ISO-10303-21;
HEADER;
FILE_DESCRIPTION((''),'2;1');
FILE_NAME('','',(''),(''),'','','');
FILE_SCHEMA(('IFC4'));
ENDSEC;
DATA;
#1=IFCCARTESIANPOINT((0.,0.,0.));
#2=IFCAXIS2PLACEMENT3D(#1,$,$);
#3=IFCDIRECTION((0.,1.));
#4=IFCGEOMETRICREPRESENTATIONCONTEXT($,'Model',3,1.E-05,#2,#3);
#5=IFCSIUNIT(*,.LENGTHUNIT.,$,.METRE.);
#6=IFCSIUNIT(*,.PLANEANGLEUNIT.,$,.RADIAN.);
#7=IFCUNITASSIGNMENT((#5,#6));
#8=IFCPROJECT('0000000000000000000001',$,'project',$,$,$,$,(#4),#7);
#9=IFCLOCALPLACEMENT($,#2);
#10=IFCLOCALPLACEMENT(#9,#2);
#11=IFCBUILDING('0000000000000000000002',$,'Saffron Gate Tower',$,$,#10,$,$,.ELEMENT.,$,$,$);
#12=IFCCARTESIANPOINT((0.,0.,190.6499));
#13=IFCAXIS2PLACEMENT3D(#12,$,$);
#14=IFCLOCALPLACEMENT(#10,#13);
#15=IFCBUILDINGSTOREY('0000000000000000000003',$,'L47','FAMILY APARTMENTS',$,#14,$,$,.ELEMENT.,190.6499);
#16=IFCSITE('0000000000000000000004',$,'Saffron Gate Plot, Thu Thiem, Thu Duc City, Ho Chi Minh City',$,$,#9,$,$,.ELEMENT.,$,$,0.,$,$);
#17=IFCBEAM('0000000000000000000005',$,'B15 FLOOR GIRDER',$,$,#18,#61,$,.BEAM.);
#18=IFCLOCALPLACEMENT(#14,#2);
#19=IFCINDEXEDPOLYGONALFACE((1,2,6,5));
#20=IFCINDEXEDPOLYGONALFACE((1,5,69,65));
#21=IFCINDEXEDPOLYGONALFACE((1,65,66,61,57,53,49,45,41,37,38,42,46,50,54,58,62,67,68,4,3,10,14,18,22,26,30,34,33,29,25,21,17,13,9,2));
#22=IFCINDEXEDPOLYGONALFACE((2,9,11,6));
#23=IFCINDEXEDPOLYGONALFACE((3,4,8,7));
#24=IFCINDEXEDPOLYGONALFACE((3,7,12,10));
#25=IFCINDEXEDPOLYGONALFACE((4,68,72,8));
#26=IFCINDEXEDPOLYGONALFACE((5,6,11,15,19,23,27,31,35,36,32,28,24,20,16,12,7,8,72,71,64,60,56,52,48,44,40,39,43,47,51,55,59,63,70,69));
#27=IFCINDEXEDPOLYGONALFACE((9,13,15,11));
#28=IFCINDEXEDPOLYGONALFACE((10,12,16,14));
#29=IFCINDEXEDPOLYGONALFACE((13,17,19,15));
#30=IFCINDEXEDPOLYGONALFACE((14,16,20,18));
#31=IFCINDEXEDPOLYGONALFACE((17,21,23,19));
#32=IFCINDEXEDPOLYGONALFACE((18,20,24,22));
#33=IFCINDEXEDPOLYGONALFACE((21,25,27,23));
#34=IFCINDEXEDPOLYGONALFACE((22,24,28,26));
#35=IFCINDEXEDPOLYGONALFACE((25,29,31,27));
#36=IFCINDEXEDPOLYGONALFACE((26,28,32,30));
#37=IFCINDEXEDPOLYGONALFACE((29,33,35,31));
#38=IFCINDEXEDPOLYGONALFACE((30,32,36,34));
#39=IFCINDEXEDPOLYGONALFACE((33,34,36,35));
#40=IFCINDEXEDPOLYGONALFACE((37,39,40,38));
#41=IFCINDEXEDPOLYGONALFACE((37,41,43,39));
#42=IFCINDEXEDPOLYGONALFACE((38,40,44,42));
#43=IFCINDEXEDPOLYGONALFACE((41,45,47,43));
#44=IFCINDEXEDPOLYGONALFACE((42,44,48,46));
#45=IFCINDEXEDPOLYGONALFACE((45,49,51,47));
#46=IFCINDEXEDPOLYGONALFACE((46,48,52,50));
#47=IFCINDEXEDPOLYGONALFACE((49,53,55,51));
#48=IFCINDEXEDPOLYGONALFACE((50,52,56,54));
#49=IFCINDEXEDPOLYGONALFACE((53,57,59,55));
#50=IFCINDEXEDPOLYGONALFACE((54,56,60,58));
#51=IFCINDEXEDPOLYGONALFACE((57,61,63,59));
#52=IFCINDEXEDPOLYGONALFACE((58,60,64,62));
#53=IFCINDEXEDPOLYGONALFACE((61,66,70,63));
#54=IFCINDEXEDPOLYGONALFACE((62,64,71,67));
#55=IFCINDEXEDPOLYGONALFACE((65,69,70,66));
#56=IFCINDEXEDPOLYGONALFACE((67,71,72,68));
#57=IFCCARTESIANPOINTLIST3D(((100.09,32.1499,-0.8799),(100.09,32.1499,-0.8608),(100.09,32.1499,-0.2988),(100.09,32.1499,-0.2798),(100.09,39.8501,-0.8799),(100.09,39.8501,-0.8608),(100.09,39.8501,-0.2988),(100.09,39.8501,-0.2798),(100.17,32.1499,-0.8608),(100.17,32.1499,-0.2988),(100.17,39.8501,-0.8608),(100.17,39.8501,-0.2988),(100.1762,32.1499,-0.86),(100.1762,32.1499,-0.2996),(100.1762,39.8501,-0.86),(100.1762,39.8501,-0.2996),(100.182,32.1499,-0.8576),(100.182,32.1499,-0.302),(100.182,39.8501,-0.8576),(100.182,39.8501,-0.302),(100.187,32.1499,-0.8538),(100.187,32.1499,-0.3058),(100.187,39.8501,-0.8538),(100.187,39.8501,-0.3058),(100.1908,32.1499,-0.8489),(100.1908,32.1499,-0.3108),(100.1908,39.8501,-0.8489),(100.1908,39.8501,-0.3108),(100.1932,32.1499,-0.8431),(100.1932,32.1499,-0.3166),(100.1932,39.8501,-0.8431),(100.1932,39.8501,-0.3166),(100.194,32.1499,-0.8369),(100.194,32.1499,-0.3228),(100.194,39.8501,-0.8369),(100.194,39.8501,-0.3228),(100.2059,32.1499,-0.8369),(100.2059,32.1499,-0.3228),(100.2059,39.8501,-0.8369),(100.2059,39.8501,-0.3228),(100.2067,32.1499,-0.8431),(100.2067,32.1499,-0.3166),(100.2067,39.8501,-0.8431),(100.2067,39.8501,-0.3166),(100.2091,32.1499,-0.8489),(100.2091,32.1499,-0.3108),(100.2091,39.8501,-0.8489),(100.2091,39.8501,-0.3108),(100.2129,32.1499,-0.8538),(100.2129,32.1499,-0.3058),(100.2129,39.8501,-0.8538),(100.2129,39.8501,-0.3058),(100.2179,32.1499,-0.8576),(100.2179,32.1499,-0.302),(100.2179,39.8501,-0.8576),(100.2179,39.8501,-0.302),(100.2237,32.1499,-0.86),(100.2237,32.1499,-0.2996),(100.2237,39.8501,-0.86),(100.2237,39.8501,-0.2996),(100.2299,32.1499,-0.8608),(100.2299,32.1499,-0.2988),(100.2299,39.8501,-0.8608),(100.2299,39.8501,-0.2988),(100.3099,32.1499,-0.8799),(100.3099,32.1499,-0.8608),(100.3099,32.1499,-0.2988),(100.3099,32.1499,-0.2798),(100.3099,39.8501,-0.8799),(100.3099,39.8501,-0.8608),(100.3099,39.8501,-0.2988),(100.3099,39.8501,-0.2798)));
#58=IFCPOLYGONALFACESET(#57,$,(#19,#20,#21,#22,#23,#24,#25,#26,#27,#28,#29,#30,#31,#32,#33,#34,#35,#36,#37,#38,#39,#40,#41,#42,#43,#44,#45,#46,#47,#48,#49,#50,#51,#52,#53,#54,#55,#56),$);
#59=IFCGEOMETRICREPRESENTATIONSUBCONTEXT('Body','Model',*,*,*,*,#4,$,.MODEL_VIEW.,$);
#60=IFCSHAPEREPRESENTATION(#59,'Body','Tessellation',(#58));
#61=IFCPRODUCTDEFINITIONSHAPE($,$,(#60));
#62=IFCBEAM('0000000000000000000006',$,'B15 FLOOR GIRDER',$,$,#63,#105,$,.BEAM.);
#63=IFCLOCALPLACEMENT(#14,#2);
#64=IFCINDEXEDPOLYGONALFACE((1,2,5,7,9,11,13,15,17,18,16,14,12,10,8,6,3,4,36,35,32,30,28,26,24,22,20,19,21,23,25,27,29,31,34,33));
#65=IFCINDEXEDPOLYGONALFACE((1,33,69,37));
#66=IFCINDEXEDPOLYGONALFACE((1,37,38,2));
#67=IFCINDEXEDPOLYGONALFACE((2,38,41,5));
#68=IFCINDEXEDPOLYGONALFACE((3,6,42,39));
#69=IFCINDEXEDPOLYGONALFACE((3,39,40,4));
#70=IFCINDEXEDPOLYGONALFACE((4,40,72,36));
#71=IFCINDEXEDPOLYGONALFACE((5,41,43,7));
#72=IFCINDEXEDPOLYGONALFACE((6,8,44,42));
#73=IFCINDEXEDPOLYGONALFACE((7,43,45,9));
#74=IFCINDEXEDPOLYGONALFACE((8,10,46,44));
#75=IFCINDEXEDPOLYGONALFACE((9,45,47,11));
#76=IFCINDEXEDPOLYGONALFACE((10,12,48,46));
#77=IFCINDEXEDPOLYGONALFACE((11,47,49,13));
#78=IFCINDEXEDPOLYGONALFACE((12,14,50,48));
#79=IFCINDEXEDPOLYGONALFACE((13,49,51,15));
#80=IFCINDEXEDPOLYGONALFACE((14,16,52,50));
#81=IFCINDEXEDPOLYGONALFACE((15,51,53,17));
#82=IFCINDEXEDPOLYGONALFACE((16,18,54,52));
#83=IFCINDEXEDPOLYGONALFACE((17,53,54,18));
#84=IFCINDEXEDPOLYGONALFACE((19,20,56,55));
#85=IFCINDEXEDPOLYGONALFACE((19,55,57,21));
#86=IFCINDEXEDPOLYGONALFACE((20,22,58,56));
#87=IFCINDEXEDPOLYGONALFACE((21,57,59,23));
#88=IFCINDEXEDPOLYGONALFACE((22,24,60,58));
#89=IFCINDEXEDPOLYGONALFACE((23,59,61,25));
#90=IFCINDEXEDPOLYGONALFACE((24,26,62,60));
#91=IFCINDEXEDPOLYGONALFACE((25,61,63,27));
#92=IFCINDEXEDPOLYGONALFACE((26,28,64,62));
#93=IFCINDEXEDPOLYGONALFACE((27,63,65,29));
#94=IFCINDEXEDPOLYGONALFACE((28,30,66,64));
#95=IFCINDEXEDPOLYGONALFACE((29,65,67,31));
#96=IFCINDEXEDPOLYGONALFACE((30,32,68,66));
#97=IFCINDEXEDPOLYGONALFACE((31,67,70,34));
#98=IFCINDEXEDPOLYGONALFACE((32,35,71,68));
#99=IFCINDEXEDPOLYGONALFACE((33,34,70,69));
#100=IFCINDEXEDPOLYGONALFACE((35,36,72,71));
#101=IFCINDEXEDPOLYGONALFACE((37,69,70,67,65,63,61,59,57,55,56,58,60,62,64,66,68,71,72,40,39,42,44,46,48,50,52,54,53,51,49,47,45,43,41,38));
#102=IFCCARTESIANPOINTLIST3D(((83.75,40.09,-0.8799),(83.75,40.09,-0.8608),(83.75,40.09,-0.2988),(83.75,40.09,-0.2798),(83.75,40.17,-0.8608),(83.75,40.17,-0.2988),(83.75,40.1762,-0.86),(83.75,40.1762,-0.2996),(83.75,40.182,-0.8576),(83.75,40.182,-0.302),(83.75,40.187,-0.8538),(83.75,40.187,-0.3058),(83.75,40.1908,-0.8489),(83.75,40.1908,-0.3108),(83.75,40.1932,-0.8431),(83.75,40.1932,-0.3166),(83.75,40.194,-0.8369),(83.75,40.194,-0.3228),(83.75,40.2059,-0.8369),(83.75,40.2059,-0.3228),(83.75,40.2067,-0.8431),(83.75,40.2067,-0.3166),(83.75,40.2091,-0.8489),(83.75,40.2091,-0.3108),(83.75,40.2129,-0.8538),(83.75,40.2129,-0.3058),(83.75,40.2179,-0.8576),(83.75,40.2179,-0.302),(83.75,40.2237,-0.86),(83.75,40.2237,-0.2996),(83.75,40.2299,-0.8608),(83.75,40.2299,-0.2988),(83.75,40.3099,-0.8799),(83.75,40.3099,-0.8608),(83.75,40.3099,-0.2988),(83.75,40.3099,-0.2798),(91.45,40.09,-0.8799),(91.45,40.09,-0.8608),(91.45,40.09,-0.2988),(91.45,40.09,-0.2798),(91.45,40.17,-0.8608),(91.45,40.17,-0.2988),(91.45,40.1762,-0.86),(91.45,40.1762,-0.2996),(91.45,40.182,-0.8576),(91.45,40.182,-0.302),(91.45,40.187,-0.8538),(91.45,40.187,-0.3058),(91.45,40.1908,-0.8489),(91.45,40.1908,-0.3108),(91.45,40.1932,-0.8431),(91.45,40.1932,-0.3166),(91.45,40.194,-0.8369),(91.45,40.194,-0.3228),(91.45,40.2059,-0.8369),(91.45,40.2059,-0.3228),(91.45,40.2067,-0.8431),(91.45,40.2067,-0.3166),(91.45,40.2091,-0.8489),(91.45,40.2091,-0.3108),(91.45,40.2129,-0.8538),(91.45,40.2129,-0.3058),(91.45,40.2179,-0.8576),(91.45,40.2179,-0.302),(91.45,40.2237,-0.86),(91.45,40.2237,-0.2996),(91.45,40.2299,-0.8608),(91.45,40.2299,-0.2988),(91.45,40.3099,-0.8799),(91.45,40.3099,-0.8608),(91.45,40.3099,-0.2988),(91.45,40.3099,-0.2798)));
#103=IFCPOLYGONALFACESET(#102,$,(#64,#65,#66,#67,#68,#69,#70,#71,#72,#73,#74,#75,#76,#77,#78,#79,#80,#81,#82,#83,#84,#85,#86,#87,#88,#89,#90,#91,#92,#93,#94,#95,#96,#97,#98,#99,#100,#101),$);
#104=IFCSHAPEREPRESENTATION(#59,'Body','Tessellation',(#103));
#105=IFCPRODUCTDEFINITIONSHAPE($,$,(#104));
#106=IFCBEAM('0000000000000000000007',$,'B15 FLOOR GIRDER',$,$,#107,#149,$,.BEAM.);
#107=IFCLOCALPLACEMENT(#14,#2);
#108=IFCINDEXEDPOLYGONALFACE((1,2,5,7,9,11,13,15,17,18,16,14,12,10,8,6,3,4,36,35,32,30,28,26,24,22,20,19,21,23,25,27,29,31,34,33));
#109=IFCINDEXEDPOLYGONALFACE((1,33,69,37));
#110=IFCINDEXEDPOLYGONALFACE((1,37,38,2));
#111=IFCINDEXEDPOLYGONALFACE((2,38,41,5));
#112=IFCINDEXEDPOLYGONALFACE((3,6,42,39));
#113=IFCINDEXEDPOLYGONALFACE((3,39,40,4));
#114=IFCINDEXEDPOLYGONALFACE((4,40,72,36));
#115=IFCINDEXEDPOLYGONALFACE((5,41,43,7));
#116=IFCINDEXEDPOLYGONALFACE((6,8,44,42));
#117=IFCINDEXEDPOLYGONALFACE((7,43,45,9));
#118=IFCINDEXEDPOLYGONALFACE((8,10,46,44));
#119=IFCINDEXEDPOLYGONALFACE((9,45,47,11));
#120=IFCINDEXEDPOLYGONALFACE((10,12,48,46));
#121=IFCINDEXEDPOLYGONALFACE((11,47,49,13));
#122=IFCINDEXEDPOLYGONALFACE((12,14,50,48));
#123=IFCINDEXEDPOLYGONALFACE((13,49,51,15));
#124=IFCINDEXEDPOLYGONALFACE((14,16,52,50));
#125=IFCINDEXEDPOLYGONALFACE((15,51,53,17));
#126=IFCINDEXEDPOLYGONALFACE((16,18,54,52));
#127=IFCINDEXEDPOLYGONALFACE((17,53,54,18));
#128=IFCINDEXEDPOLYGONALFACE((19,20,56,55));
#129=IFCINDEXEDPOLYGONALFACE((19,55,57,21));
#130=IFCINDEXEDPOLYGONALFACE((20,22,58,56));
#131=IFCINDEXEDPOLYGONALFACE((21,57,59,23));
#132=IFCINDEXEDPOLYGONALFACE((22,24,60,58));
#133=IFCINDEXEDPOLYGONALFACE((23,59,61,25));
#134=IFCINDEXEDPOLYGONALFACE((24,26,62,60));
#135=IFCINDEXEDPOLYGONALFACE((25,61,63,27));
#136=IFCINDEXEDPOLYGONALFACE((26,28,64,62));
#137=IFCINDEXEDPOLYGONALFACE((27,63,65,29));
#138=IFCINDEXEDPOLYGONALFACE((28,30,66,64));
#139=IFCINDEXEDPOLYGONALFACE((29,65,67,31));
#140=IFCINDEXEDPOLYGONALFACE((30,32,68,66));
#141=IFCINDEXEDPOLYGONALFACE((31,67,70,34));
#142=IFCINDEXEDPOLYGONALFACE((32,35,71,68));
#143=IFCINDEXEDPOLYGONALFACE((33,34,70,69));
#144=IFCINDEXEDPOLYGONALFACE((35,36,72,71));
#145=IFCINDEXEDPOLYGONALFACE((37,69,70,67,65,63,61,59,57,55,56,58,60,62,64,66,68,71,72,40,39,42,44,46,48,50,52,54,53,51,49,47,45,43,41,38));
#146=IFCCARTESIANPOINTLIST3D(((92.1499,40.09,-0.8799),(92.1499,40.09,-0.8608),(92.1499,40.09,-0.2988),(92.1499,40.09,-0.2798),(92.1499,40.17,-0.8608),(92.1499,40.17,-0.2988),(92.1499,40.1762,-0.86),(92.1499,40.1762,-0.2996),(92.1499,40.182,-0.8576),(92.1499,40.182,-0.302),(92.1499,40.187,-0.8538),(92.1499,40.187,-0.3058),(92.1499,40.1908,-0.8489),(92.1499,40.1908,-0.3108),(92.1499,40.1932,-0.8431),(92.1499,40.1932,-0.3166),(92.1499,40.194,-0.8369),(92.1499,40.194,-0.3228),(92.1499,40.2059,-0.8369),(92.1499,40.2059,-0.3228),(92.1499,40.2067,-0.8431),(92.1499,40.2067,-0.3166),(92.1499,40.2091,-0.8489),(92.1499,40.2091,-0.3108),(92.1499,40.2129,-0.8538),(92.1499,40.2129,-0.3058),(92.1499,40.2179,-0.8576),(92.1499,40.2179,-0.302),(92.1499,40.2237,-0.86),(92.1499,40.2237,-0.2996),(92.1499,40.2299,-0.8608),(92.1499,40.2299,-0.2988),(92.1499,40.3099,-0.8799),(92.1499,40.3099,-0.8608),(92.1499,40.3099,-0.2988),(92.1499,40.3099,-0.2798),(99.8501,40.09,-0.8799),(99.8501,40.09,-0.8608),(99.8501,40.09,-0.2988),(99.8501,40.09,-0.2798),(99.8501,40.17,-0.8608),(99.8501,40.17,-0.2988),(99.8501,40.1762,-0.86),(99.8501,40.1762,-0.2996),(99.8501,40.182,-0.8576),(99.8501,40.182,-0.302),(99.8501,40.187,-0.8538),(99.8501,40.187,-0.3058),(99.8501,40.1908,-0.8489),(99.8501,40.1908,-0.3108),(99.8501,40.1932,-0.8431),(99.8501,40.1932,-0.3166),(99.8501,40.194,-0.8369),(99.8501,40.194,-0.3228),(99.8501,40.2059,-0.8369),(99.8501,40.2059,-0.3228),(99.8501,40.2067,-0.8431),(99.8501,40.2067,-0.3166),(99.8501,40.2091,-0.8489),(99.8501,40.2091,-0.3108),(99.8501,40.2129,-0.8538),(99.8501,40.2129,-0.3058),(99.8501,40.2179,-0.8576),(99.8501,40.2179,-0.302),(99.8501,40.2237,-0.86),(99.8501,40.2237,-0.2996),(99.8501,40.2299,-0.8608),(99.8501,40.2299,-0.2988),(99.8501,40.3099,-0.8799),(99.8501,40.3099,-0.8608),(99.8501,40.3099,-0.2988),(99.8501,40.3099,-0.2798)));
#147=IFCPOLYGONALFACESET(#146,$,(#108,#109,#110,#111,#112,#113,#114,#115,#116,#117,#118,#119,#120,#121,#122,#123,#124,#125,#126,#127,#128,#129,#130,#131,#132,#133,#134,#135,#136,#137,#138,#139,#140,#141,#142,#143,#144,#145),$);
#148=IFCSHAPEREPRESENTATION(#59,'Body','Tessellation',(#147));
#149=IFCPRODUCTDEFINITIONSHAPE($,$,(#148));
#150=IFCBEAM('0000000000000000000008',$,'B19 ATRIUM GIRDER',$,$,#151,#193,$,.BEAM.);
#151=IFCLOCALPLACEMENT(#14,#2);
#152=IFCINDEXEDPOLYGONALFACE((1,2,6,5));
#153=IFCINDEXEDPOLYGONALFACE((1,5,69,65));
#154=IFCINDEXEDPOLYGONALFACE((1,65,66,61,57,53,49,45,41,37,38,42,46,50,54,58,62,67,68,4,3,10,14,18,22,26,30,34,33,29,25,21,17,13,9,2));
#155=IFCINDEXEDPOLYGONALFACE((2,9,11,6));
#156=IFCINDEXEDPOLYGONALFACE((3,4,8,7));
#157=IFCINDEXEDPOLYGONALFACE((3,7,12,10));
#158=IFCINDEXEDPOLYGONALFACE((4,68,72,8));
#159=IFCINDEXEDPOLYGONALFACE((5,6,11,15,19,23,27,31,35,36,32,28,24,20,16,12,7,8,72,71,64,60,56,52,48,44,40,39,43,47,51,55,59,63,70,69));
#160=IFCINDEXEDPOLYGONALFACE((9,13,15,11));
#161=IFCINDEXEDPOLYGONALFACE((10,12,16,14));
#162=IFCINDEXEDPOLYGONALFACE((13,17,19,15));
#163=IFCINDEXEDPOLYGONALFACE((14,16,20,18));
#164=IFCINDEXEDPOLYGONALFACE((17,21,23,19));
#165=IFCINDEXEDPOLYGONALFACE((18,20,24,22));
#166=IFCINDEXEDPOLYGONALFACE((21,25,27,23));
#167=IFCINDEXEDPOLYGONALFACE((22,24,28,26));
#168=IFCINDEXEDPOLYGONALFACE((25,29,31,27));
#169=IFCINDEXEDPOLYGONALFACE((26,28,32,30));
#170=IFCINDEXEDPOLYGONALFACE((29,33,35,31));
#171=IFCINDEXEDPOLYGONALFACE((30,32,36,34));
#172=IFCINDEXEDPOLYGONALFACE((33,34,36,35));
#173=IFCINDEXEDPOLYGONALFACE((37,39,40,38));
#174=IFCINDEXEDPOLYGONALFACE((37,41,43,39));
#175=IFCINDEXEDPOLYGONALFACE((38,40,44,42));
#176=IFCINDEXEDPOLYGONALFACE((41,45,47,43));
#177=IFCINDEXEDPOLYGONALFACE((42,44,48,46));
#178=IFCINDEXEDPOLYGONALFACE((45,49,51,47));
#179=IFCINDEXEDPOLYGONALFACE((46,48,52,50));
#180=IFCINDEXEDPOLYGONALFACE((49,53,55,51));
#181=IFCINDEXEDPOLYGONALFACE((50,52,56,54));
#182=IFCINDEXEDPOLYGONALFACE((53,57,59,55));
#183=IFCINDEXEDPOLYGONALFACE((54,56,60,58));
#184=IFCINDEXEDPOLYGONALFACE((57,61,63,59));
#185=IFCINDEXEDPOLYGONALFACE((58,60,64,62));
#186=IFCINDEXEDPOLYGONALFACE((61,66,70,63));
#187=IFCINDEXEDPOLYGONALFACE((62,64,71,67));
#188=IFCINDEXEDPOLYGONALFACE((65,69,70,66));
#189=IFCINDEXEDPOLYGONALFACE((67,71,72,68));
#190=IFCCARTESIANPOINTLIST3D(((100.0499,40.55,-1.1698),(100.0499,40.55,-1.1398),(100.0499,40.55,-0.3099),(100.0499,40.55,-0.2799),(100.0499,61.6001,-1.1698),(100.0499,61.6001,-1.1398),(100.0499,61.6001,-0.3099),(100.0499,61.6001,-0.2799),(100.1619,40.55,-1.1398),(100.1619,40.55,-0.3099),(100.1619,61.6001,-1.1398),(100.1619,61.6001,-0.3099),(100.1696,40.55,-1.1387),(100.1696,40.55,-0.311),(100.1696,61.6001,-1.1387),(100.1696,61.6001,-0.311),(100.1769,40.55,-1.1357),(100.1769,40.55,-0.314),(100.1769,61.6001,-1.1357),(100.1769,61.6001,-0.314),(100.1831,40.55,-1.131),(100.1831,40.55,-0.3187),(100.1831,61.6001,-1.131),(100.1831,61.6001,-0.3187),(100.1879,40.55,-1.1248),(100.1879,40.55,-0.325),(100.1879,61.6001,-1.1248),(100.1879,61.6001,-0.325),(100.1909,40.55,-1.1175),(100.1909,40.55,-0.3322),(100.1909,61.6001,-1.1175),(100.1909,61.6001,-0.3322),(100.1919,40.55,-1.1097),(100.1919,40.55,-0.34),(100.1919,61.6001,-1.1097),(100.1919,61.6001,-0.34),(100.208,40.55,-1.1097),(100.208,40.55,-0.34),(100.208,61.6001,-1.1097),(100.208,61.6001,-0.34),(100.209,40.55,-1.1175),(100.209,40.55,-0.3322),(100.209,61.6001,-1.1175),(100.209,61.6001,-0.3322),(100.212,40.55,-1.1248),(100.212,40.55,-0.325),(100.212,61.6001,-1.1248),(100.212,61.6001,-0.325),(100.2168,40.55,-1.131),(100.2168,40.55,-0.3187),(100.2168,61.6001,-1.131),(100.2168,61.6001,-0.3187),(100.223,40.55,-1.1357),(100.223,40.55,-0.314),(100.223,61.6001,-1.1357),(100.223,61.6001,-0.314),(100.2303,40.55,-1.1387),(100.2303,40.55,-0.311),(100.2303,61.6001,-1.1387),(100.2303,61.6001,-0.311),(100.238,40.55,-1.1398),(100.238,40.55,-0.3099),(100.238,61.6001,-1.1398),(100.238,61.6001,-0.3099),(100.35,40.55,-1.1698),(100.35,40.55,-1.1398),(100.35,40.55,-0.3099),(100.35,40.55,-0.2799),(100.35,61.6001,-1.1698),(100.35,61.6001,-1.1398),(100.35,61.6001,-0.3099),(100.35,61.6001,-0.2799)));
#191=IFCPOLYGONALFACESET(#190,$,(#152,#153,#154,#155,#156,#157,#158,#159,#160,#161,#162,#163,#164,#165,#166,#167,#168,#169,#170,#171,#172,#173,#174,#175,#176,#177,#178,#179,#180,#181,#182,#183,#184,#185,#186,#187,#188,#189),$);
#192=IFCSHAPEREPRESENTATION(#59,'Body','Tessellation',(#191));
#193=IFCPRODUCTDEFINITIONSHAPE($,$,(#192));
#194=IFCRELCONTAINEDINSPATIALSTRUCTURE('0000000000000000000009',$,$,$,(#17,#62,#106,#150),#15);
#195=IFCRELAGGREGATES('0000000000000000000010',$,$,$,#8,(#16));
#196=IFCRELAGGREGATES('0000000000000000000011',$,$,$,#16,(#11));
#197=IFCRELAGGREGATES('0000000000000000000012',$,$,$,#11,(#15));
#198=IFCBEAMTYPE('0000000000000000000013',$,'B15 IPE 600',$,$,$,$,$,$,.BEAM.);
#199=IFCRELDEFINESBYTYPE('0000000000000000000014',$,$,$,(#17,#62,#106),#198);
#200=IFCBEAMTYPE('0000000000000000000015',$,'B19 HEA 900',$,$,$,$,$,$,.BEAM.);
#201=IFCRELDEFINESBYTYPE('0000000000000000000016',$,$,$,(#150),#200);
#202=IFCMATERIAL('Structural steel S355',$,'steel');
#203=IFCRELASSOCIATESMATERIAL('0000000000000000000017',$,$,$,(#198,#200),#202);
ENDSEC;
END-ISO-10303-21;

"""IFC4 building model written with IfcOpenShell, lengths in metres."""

from ifc_helpers import new_model, si_unit, direction, frame, origin, origin_2d, place, context, subcontext, project, spatial, i_section, extrude, material, material_profile, profile_set, type_object, element, save


model = new_model("IFC4")

# Units and contexts
model_context = context("Model", 3, precision=1e-05, world=origin(), true_north=direction((0.0, 1.0)))
body_context = subcontext(model_context, "Body", "Model", "MODEL_VIEW")
ifc_project = project(units=[si_unit("LENGTHUNIT", "METRE"), si_unit("PLANEANGLEUNIT", "RADIAN")], contexts=[model_context])

# Site, building, storey
site_placement = place(None, origin())
site = spatial("IfcSite", under=ifc_project, at=site_placement, Name="Saffron Gate Plot, Thu Thiem, Thu Duc City, Ho Chi Minh City", CompositionType="ELEMENT", RefElevation=0.0)
building_placement = place(site_placement, origin())
building = spatial("IfcBuilding", under=site, at=building_placement, Name="Saffron Gate Tower", CompositionType="ELEMENT")
storey_placement = place(building_placement, frame((0.0, 0.0, 190.6499)))
storey = spatial("IfcBuildingStorey", under=building, at=storey_placement, Name="L47", Description="FAMILY APARTMENTS", CompositionType="ELEMENT", Elevation=190.6499)

# Beams
ifc_material_1 = material(Name="Structural steel S355", Category="steel")
ifc_material_profile_1 = material_profile(ifc_material_1, i_section(OverallWidth=0.22, OverallDepth=0.6001, WebThickness=0.012, FlangeThickness=0.019, FilletRadius=0.0239, at=origin_2d()))
ifc_profile_set_1 = profile_set([ifc_material_profile_1], Name="Structural steel S355")
beam_type_1 = type_object("IfcBeamType", Name="B15 IPE 600", PredefinedType="BEAM", material=ifc_profile_set_1)
beam_1_placement = place(storey_placement, frame((100.2, 32.1499, -0.5798), z_axis=(0.0, 1.0, 0.0), x_axis=(-1.0, 0.0, 0.0)))
element("IfcBeam", 1, at=beam_1_placement, inside=storey, type_object=beam_type_1, Name="B15 FLOOR GIRDER", PredefinedType="BEAM", context=body_context, shape_type="SweptSolid", body=[
    extrude(i_section(OverallWidth=0.22, OverallDepth=0.6001, WebThickness=0.012, FlangeThickness=0.019, FilletRadius=0.0239, at=origin_2d()), origin(), (0.0, 0.0, 1.0), 7.7002),
])
beam_2_placement = place(storey_placement, frame((83.75, 40.2, -0.5798), z_axis=(1.0, 0.0, 0.0), x_axis=(0.0, 1.0, 0.0)))
element("IfcBeam", 2, at=beam_2_placement, inside=storey, type_object=beam_type_1, Name="B15 FLOOR GIRDER", PredefinedType="BEAM", context=body_context, shape_type="SweptSolid", body=[
    extrude(i_section(OverallWidth=0.22, OverallDepth=0.6001, WebThickness=0.012, FlangeThickness=0.019, FilletRadius=0.0239, at=origin_2d()), origin(), (0.0, 0.0, 1.0), 7.7),
])
beam_3_placement = place(storey_placement, frame((92.1499, 40.2, -0.5798), z_axis=(1.0, 0.0, 0.0), x_axis=(0.0, 1.0, 0.0)))
element("IfcBeam", 3, at=beam_3_placement, inside=storey, type_object=beam_type_1, Name="B15 FLOOR GIRDER", PredefinedType="BEAM", context=body_context, shape_type="SweptSolid", body=[
    extrude(i_section(OverallWidth=0.22, OverallDepth=0.6001, WebThickness=0.012, FlangeThickness=0.019, FilletRadius=0.0239, at=origin_2d()), origin(), (0.0, 0.0, 1.0), 7.7002),
])
ifc_material_profile_2 = material_profile(ifc_material_1, i_section(OverallWidth=0.3, OverallDepth=0.8899, WebThickness=0.0161, FlangeThickness=0.03, FilletRadius=0.03, at=origin_2d()))
ifc_profile_set_2 = profile_set([ifc_material_profile_2], Name="Structural steel S355")
beam_type_2 = type_object("IfcBeamType", Name="B19 HEA 900", PredefinedType="BEAM", material=ifc_profile_set_2)
beam_4_placement = place(storey_placement, frame((100.2, 40.55, -0.7249), z_axis=(0.0, 1.0, 0.0), x_axis=(-1.0, 0.0, 0.0)))
element("IfcBeam", 4, at=beam_4_placement, inside=storey, type_object=beam_type_2, Name="B19 ATRIUM GIRDER", PredefinedType="BEAM", context=body_context, shape_type="SweptSolid", body=[
    extrude(i_section(OverallWidth=0.3, OverallDepth=0.8899, WebThickness=0.0161, FlangeThickness=0.03, FilletRadius=0.03, at=origin_2d()), origin(), (0.0, 0.0, 1.0), 21.05),
])

save(model, "model.ifc")
